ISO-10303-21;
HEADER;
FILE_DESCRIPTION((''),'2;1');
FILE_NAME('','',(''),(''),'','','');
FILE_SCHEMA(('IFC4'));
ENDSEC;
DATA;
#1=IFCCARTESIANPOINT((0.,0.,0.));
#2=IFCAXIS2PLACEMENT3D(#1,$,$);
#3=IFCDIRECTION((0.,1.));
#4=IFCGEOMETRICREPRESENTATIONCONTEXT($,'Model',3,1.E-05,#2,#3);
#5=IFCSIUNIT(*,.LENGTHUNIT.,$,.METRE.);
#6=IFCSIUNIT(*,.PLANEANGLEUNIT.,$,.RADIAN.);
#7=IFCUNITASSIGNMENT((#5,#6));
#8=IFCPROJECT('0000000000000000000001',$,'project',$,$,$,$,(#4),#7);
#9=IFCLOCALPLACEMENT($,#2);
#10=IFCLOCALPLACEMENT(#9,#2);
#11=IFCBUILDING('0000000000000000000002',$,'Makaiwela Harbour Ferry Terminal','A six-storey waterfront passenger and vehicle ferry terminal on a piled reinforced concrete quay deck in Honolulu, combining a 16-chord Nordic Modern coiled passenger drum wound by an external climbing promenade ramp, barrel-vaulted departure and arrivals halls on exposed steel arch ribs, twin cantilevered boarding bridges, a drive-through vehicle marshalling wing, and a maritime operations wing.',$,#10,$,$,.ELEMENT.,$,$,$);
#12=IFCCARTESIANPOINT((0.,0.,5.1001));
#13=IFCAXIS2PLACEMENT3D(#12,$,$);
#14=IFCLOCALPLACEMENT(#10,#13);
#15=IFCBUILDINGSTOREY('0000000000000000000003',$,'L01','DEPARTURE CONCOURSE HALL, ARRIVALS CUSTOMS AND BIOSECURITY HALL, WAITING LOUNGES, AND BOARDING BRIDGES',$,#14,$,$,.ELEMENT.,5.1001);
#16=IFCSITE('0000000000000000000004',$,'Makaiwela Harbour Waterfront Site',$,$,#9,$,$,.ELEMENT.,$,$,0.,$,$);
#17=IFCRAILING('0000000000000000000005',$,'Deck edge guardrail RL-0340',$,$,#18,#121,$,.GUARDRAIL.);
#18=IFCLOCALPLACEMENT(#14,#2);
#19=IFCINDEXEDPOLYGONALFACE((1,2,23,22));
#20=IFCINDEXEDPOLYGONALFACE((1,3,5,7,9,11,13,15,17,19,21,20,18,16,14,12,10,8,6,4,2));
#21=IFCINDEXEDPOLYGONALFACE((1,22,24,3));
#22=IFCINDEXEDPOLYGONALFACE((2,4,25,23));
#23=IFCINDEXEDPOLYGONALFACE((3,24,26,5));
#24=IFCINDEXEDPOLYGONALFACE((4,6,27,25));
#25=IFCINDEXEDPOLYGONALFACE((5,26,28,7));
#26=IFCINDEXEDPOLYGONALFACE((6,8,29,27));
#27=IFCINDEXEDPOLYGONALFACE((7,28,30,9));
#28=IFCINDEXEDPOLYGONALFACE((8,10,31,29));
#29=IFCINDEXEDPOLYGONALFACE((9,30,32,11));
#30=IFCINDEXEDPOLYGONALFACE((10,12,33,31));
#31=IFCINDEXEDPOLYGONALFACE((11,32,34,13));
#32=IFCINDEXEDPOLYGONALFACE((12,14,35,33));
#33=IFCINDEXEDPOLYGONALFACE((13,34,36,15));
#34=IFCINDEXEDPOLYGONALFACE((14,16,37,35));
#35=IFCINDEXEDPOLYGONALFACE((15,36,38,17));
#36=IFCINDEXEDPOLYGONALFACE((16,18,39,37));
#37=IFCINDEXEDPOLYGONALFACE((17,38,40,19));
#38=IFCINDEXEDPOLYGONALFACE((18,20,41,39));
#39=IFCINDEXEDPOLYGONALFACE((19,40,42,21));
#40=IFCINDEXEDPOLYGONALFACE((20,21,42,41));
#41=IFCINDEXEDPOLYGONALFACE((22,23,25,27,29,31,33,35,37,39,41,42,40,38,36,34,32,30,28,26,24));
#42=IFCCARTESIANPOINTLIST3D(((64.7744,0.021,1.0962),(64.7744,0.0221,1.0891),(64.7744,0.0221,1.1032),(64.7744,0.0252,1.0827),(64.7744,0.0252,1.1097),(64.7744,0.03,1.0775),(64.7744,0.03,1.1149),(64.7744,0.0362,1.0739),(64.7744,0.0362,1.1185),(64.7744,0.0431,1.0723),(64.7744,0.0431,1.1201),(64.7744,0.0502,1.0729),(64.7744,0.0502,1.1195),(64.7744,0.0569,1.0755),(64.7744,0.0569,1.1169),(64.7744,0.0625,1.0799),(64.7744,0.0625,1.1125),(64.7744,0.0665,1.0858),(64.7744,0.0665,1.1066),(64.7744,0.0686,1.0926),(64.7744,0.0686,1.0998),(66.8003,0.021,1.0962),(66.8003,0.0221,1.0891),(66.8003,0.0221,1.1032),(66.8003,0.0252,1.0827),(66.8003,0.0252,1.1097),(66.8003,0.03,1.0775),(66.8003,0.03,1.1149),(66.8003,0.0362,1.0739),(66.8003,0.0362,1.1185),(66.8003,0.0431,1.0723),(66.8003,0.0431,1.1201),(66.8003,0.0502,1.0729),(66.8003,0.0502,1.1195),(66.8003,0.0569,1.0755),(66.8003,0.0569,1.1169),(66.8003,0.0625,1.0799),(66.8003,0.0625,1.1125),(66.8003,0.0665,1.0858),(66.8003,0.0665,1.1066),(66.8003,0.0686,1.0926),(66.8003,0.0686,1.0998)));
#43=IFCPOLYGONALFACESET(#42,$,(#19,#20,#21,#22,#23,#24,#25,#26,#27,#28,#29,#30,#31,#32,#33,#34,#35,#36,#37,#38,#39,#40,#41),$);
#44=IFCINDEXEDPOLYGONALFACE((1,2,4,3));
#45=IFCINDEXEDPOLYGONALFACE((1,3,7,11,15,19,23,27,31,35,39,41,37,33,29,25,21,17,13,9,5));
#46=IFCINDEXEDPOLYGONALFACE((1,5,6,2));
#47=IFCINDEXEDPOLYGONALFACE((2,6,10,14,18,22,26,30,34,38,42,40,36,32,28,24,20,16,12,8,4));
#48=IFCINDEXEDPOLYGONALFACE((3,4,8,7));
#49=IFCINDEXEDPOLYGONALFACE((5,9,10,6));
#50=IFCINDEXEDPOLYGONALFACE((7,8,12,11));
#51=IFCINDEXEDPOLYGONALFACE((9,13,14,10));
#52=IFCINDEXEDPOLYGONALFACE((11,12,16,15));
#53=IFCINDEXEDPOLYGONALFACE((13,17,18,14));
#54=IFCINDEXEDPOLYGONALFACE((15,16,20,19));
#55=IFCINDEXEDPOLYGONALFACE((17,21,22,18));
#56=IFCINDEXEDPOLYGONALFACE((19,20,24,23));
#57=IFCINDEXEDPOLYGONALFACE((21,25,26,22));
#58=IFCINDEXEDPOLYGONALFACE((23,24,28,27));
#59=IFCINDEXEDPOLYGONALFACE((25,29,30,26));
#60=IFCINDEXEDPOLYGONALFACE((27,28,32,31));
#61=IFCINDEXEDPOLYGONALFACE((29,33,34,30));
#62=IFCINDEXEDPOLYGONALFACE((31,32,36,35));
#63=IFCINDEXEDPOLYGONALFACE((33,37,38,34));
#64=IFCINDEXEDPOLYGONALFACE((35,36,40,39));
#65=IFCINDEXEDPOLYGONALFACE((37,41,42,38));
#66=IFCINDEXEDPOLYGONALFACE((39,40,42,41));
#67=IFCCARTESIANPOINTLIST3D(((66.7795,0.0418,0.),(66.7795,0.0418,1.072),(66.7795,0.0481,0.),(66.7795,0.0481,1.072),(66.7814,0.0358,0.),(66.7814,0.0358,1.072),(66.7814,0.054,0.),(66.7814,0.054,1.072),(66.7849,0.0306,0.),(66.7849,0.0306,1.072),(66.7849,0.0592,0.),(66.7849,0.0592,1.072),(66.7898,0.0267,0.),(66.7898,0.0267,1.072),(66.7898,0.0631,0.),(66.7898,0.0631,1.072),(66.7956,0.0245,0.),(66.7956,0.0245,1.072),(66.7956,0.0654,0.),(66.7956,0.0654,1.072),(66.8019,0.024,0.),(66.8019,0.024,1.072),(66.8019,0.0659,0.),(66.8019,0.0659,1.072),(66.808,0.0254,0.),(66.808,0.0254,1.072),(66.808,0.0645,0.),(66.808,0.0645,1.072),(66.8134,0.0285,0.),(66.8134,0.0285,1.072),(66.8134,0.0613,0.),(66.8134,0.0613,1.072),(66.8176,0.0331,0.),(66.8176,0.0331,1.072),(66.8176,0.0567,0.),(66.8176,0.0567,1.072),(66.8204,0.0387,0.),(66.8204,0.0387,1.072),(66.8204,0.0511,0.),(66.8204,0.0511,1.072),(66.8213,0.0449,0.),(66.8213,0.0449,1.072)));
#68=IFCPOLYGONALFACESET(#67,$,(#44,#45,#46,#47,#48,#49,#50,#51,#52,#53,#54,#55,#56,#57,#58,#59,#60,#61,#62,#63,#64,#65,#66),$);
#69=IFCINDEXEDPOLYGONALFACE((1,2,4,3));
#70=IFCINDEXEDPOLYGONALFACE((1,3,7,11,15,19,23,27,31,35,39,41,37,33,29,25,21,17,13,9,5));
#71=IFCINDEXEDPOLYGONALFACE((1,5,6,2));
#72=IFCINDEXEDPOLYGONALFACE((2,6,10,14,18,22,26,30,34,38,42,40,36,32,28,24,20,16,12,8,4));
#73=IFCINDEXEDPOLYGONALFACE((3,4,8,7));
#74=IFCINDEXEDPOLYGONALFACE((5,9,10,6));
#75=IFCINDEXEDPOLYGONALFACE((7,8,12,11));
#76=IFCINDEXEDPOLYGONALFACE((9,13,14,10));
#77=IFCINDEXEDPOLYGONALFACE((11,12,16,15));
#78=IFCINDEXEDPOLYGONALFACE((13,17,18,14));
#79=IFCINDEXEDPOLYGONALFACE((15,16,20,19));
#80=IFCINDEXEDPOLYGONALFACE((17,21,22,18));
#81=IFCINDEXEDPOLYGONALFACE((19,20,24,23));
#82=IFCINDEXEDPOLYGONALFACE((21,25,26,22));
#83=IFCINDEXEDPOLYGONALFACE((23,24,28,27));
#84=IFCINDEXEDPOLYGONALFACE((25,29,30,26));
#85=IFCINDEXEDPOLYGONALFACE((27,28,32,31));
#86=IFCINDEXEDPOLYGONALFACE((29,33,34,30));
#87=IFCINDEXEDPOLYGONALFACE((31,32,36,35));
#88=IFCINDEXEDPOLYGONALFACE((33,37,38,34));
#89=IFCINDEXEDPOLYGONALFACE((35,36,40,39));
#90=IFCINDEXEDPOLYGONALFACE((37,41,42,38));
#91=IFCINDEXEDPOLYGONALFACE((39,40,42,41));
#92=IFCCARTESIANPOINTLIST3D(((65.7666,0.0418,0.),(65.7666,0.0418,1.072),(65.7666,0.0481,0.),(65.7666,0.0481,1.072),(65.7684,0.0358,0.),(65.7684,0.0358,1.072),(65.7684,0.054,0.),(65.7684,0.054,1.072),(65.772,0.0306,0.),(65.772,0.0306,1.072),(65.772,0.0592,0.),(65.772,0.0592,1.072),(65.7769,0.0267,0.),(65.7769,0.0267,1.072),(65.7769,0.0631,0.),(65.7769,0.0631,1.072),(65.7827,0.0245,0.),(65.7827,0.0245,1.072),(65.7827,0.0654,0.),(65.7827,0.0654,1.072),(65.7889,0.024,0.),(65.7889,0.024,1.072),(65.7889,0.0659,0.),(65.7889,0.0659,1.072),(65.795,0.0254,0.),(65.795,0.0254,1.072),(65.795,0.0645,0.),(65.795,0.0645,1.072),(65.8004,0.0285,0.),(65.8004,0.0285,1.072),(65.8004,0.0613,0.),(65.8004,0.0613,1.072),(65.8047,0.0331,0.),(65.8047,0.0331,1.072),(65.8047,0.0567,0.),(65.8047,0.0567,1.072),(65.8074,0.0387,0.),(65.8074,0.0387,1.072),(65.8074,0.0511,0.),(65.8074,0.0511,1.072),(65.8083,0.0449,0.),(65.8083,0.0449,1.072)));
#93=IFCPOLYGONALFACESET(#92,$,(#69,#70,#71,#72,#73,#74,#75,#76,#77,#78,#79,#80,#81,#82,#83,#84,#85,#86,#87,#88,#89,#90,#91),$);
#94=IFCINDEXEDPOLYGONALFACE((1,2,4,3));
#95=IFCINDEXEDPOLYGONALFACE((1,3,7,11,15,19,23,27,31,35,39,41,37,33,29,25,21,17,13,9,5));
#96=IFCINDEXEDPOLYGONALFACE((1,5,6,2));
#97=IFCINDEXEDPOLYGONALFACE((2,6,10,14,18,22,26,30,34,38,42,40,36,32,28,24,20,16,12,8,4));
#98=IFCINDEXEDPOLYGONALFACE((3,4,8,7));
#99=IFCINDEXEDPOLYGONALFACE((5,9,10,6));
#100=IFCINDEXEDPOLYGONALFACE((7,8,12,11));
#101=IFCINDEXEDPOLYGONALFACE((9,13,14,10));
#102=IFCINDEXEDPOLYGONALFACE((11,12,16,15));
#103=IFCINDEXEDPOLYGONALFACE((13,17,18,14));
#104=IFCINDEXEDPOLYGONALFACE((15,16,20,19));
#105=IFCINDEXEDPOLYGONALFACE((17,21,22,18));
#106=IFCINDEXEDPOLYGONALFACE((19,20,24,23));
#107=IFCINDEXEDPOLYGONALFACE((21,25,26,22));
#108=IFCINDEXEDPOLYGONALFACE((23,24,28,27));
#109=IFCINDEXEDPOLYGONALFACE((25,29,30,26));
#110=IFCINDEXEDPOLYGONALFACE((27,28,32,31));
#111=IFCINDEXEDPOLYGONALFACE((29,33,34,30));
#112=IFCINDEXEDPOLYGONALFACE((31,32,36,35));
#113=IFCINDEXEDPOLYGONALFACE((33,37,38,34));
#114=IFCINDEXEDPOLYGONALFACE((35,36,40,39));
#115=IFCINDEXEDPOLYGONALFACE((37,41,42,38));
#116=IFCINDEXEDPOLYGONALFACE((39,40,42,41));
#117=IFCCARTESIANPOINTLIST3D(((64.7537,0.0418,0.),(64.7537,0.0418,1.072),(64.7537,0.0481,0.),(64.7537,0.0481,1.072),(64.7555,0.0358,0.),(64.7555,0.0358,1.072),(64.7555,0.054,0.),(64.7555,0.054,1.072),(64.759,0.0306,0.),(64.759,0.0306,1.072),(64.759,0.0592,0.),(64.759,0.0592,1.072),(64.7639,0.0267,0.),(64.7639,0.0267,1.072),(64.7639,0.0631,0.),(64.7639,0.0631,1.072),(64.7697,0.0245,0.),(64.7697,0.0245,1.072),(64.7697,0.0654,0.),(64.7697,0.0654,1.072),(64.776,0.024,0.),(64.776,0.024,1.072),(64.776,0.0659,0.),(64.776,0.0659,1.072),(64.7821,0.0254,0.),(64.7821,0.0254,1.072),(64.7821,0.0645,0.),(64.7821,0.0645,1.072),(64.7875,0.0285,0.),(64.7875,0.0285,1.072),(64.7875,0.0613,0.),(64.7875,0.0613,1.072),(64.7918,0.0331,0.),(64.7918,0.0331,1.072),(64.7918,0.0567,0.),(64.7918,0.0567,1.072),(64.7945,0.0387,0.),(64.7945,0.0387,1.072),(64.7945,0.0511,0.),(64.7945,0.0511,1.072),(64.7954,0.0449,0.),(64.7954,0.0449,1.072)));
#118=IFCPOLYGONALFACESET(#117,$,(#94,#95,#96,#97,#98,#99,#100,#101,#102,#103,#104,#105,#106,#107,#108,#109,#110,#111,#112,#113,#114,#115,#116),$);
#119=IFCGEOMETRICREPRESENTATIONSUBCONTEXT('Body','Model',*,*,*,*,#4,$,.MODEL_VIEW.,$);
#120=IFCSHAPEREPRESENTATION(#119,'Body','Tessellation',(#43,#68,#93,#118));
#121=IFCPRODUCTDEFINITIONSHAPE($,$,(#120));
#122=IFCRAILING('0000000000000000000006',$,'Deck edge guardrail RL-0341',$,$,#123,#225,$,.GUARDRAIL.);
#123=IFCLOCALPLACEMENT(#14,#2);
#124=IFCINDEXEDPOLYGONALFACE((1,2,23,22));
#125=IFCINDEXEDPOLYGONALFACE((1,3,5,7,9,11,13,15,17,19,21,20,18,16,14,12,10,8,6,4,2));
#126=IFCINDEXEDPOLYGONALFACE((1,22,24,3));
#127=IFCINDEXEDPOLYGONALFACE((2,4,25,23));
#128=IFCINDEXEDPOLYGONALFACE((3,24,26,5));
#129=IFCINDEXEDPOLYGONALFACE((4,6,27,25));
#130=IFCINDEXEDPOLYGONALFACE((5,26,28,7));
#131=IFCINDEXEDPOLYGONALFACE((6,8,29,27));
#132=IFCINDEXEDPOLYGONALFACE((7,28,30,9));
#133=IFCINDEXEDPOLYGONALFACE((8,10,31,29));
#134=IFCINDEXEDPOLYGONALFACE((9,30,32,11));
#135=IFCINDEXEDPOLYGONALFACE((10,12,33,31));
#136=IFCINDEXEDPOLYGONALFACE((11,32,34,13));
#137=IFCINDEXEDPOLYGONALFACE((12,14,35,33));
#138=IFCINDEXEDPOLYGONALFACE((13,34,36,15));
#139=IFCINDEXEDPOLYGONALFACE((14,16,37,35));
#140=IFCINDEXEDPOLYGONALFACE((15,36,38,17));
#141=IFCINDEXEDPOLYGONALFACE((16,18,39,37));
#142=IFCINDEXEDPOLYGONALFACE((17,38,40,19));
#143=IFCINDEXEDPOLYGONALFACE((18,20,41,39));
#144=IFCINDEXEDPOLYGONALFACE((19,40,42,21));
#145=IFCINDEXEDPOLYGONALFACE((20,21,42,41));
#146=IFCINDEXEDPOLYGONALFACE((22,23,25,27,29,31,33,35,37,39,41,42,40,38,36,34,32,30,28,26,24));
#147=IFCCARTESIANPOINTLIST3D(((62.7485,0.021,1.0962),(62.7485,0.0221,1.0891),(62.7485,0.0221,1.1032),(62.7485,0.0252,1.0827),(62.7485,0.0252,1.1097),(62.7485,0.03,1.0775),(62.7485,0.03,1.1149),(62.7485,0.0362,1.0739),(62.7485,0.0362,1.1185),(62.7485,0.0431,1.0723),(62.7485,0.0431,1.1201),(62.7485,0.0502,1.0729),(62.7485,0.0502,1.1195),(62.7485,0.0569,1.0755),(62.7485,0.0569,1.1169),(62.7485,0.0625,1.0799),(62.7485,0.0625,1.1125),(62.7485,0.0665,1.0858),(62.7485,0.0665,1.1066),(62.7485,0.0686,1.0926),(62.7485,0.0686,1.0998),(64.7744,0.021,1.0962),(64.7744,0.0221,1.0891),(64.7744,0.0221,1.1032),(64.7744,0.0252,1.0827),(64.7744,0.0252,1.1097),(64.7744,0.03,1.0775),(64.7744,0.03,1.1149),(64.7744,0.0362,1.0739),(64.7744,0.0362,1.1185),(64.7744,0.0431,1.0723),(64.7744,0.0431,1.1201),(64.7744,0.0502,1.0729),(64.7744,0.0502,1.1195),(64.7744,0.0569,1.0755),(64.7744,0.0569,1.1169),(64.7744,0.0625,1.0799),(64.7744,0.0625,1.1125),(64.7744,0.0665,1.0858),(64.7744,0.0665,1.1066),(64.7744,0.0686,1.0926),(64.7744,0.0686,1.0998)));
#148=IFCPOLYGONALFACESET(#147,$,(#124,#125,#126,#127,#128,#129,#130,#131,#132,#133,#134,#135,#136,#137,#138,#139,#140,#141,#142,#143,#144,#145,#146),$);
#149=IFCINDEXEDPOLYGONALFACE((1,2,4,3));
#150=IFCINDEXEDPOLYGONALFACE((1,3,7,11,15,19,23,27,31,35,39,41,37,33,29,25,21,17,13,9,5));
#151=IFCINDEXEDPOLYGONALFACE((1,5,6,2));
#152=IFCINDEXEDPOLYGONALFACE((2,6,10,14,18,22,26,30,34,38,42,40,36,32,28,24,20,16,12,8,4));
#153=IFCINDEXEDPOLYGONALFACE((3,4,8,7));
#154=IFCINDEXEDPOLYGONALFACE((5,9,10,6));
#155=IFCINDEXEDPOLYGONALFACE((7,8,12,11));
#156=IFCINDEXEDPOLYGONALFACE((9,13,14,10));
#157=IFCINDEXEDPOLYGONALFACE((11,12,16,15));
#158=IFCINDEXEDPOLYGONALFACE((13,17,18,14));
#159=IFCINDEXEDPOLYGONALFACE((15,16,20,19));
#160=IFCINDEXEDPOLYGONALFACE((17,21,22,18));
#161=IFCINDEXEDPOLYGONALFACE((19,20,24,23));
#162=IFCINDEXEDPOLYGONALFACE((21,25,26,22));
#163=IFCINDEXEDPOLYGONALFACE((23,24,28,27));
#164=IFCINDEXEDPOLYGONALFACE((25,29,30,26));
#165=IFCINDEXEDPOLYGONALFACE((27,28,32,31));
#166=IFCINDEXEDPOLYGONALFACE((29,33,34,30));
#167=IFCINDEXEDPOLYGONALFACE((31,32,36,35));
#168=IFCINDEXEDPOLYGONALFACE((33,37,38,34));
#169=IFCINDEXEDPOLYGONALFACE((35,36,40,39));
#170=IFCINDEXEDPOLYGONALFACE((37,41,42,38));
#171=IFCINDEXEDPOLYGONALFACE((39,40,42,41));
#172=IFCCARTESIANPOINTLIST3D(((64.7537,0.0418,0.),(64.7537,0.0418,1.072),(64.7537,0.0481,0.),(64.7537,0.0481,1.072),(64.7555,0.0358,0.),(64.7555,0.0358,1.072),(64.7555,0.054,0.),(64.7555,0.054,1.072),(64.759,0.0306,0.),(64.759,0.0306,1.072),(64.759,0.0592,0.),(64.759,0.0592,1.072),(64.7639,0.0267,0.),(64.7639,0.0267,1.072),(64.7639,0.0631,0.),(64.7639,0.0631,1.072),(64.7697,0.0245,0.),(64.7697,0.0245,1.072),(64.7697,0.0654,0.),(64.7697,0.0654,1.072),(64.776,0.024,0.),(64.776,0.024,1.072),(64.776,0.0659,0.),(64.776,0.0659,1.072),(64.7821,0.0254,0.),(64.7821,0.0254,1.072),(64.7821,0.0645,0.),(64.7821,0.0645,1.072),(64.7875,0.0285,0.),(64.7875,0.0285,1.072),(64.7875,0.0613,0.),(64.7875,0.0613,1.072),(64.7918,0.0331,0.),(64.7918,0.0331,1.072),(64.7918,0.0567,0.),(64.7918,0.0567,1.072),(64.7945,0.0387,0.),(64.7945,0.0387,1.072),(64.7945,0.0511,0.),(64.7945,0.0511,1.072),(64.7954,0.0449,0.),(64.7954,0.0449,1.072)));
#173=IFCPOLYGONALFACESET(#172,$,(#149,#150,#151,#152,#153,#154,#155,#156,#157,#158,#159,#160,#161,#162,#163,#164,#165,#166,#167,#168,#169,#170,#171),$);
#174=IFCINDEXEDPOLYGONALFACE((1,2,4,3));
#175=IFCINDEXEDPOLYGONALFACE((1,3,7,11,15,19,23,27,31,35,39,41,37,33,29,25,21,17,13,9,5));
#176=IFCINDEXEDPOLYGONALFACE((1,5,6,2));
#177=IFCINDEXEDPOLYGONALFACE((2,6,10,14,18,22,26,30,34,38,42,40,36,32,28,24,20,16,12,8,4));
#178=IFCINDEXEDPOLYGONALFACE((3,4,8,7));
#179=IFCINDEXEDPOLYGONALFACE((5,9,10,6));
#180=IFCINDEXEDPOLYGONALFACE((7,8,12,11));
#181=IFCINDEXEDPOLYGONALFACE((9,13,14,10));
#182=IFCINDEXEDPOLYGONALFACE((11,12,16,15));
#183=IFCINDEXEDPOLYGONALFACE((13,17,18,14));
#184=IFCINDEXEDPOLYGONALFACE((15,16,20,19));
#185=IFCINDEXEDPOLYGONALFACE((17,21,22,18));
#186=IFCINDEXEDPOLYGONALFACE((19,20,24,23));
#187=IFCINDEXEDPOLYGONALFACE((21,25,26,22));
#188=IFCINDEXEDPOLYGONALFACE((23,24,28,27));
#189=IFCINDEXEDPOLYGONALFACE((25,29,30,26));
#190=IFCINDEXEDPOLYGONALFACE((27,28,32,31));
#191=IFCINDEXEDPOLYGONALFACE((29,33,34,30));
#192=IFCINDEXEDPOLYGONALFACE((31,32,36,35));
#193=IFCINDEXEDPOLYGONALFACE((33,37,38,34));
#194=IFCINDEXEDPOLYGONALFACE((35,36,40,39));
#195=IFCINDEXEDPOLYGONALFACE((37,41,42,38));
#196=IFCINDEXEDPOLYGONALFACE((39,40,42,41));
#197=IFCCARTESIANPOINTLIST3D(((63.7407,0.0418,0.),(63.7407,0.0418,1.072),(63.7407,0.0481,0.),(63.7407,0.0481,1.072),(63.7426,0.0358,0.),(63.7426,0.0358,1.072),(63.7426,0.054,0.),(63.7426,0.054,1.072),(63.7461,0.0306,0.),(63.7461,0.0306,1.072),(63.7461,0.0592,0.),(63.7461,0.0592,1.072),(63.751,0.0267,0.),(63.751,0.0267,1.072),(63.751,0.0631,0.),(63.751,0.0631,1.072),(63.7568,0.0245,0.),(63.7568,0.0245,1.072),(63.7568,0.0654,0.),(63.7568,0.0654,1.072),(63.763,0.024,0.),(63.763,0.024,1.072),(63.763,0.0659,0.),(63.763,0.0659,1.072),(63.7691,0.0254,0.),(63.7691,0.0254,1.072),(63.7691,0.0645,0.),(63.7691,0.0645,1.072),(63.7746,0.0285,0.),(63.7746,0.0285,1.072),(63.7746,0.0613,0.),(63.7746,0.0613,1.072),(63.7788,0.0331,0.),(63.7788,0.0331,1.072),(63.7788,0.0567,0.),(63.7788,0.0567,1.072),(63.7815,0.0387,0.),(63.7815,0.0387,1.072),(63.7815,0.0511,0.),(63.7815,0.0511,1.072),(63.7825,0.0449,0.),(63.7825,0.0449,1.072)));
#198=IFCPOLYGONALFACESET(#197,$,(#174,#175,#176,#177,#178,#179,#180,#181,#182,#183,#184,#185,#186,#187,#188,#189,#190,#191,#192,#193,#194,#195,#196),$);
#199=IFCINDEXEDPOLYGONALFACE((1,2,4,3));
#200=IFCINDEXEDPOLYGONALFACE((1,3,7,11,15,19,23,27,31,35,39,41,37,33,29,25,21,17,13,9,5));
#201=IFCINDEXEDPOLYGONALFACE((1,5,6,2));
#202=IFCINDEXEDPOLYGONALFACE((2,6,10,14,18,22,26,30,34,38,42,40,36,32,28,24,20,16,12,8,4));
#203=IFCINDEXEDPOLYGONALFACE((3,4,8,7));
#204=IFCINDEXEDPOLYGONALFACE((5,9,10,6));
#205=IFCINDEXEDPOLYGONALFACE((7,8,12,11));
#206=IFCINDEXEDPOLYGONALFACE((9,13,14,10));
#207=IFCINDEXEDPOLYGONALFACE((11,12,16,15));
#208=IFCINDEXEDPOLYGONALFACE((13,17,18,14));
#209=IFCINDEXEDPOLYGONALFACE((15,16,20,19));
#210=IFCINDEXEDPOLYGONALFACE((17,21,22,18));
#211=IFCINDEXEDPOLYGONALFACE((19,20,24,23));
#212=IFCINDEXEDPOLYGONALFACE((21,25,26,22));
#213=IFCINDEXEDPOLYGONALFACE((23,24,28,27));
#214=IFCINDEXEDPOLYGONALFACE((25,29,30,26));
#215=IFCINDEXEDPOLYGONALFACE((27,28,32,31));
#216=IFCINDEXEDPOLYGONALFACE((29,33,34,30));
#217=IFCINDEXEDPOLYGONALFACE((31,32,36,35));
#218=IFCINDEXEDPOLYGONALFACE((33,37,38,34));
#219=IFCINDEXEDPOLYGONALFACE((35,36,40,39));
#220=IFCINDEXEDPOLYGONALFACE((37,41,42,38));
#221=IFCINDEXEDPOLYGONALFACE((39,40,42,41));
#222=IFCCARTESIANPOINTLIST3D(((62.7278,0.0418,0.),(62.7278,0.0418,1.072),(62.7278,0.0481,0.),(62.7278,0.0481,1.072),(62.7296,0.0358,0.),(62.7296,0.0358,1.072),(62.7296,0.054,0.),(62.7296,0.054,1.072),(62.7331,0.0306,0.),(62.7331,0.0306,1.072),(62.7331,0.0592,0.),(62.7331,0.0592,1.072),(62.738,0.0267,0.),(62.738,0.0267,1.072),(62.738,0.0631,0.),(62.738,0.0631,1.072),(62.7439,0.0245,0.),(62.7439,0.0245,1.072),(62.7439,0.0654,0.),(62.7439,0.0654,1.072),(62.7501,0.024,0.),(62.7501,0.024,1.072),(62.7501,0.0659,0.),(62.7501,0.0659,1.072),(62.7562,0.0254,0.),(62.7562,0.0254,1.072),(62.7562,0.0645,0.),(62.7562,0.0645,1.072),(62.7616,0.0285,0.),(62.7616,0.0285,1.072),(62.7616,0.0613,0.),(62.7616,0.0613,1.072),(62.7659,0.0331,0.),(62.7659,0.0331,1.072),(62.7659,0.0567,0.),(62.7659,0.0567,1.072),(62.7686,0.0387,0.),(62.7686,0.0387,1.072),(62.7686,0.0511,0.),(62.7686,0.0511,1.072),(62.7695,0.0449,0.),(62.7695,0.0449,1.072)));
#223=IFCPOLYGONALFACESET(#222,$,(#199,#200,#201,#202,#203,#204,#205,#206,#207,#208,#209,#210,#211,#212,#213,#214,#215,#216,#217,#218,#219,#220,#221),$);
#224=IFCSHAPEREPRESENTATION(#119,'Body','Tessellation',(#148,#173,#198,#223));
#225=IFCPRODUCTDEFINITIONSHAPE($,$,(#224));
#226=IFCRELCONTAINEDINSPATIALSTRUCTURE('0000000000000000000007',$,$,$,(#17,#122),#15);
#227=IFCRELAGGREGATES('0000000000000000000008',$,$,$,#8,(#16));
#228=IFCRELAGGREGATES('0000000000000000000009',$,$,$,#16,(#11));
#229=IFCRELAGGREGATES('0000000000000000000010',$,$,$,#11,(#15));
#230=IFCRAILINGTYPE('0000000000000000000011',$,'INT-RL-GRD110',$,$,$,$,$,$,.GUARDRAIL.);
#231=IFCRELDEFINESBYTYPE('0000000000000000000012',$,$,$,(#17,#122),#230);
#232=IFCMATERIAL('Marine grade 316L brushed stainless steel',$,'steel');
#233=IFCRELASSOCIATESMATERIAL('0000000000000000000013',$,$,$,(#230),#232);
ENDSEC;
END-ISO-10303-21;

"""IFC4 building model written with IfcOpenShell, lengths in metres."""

from ifc_helpers import new_model, si_unit, direction, frame, origin, origin_2d, place, context, subcontext, project, spatial, circle, extrude, material, type_object, element, save


model = new_model("IFC4")

# Units and contexts
model_context = context("Model", 3, precision=1e-05, world=origin(), true_north=direction((0.0, 1.0)))
body_context = subcontext(model_context, "Body", "Model", "MODEL_VIEW")
ifc_project = project(units=[si_unit("LENGTHUNIT", "METRE"), si_unit("PLANEANGLEUNIT", "RADIAN")], contexts=[model_context])

# Site, building, storey
site_placement = place(None, origin())
site = spatial("IfcSite", under=ifc_project, at=site_placement, Name="Makaiwela Harbour Waterfront Site", CompositionType="ELEMENT", RefElevation=0.0)
building_placement = place(site_placement, origin())
building = spatial("IfcBuilding", under=site, at=building_placement, Name="Makaiwela Harbour Ferry Terminal", Description="A six-storey waterfront passenger and vehicle ferry terminal on a piled reinforced concrete quay deck in Honolulu, combining a 16-chord Nordic Modern coiled passenger drum wound by an external climbing promenade ramp, barrel-vaulted departure and arrivals halls on exposed steel arch ribs, twin cantilevered boarding bridges, a drive-through vehicle marshalling wing, and a maritime operations wing.", CompositionType="ELEMENT")
storey_placement = place(building_placement, frame((0.0, 0.0, 5.1001)))
storey = spatial("IfcBuildingStorey", under=building, at=storey_placement, Name="L01", Description="DEPARTURE CONCOURSE HALL, ARRIVALS CUSTOMS AND BIOSECURITY HALL, WAITING LOUNGES, AND BOARDING BRIDGES", CompositionType="ELEMENT", Elevation=5.1001)

# Railings
ifc_material_1 = material(Name="Marine grade 316L brushed stainless steel", Category="steel")
railing_type = type_object("IfcRailingType", Name="INT-RL-GRD110", PredefinedType="GUARDRAIL", material=ifc_material_1)
for number, where, name in (
    (1, (66.8003, 0.0449, 0.0), "Deck edge guardrail RL-0340"),
    (2, (64.7744, 0.0449, 0.0), "Deck edge guardrail RL-0341"),
):
    element("IfcRailing", number, at=place(storey_placement, frame(where)), inside=storey, type_object=railing_type, Name=name, PredefinedType="GUARDRAIL", context=body_context, shape_type="SweptSolid", body=[
        extrude(circle(Radius=0.0239, at=origin_2d()), frame((0.0, 0.0, 1.0962), z_axis=(-1.0, 0.0, 0.0), x_axis=(0.0, -1.0, 0.0)), (0.0, 0.0, 1.0), 2.0259),
        extrude(circle(Radius=0.021, at=origin_2d()), origin(), (0.0, 0.0, 1.0), 1.072),
        extrude(circle(Radius=0.021, at=origin_2d()), frame((-1.0129, 0.0, 0.0)), (0.0, 0.0, 1.0), 1.072),
        extrude(circle(Radius=0.021, at=origin_2d()), frame((-2.0259, 0.0, 0.0)), (0.0, 0.0, 1.0), 1.072),
    ])

save(model, "model.ifc")
